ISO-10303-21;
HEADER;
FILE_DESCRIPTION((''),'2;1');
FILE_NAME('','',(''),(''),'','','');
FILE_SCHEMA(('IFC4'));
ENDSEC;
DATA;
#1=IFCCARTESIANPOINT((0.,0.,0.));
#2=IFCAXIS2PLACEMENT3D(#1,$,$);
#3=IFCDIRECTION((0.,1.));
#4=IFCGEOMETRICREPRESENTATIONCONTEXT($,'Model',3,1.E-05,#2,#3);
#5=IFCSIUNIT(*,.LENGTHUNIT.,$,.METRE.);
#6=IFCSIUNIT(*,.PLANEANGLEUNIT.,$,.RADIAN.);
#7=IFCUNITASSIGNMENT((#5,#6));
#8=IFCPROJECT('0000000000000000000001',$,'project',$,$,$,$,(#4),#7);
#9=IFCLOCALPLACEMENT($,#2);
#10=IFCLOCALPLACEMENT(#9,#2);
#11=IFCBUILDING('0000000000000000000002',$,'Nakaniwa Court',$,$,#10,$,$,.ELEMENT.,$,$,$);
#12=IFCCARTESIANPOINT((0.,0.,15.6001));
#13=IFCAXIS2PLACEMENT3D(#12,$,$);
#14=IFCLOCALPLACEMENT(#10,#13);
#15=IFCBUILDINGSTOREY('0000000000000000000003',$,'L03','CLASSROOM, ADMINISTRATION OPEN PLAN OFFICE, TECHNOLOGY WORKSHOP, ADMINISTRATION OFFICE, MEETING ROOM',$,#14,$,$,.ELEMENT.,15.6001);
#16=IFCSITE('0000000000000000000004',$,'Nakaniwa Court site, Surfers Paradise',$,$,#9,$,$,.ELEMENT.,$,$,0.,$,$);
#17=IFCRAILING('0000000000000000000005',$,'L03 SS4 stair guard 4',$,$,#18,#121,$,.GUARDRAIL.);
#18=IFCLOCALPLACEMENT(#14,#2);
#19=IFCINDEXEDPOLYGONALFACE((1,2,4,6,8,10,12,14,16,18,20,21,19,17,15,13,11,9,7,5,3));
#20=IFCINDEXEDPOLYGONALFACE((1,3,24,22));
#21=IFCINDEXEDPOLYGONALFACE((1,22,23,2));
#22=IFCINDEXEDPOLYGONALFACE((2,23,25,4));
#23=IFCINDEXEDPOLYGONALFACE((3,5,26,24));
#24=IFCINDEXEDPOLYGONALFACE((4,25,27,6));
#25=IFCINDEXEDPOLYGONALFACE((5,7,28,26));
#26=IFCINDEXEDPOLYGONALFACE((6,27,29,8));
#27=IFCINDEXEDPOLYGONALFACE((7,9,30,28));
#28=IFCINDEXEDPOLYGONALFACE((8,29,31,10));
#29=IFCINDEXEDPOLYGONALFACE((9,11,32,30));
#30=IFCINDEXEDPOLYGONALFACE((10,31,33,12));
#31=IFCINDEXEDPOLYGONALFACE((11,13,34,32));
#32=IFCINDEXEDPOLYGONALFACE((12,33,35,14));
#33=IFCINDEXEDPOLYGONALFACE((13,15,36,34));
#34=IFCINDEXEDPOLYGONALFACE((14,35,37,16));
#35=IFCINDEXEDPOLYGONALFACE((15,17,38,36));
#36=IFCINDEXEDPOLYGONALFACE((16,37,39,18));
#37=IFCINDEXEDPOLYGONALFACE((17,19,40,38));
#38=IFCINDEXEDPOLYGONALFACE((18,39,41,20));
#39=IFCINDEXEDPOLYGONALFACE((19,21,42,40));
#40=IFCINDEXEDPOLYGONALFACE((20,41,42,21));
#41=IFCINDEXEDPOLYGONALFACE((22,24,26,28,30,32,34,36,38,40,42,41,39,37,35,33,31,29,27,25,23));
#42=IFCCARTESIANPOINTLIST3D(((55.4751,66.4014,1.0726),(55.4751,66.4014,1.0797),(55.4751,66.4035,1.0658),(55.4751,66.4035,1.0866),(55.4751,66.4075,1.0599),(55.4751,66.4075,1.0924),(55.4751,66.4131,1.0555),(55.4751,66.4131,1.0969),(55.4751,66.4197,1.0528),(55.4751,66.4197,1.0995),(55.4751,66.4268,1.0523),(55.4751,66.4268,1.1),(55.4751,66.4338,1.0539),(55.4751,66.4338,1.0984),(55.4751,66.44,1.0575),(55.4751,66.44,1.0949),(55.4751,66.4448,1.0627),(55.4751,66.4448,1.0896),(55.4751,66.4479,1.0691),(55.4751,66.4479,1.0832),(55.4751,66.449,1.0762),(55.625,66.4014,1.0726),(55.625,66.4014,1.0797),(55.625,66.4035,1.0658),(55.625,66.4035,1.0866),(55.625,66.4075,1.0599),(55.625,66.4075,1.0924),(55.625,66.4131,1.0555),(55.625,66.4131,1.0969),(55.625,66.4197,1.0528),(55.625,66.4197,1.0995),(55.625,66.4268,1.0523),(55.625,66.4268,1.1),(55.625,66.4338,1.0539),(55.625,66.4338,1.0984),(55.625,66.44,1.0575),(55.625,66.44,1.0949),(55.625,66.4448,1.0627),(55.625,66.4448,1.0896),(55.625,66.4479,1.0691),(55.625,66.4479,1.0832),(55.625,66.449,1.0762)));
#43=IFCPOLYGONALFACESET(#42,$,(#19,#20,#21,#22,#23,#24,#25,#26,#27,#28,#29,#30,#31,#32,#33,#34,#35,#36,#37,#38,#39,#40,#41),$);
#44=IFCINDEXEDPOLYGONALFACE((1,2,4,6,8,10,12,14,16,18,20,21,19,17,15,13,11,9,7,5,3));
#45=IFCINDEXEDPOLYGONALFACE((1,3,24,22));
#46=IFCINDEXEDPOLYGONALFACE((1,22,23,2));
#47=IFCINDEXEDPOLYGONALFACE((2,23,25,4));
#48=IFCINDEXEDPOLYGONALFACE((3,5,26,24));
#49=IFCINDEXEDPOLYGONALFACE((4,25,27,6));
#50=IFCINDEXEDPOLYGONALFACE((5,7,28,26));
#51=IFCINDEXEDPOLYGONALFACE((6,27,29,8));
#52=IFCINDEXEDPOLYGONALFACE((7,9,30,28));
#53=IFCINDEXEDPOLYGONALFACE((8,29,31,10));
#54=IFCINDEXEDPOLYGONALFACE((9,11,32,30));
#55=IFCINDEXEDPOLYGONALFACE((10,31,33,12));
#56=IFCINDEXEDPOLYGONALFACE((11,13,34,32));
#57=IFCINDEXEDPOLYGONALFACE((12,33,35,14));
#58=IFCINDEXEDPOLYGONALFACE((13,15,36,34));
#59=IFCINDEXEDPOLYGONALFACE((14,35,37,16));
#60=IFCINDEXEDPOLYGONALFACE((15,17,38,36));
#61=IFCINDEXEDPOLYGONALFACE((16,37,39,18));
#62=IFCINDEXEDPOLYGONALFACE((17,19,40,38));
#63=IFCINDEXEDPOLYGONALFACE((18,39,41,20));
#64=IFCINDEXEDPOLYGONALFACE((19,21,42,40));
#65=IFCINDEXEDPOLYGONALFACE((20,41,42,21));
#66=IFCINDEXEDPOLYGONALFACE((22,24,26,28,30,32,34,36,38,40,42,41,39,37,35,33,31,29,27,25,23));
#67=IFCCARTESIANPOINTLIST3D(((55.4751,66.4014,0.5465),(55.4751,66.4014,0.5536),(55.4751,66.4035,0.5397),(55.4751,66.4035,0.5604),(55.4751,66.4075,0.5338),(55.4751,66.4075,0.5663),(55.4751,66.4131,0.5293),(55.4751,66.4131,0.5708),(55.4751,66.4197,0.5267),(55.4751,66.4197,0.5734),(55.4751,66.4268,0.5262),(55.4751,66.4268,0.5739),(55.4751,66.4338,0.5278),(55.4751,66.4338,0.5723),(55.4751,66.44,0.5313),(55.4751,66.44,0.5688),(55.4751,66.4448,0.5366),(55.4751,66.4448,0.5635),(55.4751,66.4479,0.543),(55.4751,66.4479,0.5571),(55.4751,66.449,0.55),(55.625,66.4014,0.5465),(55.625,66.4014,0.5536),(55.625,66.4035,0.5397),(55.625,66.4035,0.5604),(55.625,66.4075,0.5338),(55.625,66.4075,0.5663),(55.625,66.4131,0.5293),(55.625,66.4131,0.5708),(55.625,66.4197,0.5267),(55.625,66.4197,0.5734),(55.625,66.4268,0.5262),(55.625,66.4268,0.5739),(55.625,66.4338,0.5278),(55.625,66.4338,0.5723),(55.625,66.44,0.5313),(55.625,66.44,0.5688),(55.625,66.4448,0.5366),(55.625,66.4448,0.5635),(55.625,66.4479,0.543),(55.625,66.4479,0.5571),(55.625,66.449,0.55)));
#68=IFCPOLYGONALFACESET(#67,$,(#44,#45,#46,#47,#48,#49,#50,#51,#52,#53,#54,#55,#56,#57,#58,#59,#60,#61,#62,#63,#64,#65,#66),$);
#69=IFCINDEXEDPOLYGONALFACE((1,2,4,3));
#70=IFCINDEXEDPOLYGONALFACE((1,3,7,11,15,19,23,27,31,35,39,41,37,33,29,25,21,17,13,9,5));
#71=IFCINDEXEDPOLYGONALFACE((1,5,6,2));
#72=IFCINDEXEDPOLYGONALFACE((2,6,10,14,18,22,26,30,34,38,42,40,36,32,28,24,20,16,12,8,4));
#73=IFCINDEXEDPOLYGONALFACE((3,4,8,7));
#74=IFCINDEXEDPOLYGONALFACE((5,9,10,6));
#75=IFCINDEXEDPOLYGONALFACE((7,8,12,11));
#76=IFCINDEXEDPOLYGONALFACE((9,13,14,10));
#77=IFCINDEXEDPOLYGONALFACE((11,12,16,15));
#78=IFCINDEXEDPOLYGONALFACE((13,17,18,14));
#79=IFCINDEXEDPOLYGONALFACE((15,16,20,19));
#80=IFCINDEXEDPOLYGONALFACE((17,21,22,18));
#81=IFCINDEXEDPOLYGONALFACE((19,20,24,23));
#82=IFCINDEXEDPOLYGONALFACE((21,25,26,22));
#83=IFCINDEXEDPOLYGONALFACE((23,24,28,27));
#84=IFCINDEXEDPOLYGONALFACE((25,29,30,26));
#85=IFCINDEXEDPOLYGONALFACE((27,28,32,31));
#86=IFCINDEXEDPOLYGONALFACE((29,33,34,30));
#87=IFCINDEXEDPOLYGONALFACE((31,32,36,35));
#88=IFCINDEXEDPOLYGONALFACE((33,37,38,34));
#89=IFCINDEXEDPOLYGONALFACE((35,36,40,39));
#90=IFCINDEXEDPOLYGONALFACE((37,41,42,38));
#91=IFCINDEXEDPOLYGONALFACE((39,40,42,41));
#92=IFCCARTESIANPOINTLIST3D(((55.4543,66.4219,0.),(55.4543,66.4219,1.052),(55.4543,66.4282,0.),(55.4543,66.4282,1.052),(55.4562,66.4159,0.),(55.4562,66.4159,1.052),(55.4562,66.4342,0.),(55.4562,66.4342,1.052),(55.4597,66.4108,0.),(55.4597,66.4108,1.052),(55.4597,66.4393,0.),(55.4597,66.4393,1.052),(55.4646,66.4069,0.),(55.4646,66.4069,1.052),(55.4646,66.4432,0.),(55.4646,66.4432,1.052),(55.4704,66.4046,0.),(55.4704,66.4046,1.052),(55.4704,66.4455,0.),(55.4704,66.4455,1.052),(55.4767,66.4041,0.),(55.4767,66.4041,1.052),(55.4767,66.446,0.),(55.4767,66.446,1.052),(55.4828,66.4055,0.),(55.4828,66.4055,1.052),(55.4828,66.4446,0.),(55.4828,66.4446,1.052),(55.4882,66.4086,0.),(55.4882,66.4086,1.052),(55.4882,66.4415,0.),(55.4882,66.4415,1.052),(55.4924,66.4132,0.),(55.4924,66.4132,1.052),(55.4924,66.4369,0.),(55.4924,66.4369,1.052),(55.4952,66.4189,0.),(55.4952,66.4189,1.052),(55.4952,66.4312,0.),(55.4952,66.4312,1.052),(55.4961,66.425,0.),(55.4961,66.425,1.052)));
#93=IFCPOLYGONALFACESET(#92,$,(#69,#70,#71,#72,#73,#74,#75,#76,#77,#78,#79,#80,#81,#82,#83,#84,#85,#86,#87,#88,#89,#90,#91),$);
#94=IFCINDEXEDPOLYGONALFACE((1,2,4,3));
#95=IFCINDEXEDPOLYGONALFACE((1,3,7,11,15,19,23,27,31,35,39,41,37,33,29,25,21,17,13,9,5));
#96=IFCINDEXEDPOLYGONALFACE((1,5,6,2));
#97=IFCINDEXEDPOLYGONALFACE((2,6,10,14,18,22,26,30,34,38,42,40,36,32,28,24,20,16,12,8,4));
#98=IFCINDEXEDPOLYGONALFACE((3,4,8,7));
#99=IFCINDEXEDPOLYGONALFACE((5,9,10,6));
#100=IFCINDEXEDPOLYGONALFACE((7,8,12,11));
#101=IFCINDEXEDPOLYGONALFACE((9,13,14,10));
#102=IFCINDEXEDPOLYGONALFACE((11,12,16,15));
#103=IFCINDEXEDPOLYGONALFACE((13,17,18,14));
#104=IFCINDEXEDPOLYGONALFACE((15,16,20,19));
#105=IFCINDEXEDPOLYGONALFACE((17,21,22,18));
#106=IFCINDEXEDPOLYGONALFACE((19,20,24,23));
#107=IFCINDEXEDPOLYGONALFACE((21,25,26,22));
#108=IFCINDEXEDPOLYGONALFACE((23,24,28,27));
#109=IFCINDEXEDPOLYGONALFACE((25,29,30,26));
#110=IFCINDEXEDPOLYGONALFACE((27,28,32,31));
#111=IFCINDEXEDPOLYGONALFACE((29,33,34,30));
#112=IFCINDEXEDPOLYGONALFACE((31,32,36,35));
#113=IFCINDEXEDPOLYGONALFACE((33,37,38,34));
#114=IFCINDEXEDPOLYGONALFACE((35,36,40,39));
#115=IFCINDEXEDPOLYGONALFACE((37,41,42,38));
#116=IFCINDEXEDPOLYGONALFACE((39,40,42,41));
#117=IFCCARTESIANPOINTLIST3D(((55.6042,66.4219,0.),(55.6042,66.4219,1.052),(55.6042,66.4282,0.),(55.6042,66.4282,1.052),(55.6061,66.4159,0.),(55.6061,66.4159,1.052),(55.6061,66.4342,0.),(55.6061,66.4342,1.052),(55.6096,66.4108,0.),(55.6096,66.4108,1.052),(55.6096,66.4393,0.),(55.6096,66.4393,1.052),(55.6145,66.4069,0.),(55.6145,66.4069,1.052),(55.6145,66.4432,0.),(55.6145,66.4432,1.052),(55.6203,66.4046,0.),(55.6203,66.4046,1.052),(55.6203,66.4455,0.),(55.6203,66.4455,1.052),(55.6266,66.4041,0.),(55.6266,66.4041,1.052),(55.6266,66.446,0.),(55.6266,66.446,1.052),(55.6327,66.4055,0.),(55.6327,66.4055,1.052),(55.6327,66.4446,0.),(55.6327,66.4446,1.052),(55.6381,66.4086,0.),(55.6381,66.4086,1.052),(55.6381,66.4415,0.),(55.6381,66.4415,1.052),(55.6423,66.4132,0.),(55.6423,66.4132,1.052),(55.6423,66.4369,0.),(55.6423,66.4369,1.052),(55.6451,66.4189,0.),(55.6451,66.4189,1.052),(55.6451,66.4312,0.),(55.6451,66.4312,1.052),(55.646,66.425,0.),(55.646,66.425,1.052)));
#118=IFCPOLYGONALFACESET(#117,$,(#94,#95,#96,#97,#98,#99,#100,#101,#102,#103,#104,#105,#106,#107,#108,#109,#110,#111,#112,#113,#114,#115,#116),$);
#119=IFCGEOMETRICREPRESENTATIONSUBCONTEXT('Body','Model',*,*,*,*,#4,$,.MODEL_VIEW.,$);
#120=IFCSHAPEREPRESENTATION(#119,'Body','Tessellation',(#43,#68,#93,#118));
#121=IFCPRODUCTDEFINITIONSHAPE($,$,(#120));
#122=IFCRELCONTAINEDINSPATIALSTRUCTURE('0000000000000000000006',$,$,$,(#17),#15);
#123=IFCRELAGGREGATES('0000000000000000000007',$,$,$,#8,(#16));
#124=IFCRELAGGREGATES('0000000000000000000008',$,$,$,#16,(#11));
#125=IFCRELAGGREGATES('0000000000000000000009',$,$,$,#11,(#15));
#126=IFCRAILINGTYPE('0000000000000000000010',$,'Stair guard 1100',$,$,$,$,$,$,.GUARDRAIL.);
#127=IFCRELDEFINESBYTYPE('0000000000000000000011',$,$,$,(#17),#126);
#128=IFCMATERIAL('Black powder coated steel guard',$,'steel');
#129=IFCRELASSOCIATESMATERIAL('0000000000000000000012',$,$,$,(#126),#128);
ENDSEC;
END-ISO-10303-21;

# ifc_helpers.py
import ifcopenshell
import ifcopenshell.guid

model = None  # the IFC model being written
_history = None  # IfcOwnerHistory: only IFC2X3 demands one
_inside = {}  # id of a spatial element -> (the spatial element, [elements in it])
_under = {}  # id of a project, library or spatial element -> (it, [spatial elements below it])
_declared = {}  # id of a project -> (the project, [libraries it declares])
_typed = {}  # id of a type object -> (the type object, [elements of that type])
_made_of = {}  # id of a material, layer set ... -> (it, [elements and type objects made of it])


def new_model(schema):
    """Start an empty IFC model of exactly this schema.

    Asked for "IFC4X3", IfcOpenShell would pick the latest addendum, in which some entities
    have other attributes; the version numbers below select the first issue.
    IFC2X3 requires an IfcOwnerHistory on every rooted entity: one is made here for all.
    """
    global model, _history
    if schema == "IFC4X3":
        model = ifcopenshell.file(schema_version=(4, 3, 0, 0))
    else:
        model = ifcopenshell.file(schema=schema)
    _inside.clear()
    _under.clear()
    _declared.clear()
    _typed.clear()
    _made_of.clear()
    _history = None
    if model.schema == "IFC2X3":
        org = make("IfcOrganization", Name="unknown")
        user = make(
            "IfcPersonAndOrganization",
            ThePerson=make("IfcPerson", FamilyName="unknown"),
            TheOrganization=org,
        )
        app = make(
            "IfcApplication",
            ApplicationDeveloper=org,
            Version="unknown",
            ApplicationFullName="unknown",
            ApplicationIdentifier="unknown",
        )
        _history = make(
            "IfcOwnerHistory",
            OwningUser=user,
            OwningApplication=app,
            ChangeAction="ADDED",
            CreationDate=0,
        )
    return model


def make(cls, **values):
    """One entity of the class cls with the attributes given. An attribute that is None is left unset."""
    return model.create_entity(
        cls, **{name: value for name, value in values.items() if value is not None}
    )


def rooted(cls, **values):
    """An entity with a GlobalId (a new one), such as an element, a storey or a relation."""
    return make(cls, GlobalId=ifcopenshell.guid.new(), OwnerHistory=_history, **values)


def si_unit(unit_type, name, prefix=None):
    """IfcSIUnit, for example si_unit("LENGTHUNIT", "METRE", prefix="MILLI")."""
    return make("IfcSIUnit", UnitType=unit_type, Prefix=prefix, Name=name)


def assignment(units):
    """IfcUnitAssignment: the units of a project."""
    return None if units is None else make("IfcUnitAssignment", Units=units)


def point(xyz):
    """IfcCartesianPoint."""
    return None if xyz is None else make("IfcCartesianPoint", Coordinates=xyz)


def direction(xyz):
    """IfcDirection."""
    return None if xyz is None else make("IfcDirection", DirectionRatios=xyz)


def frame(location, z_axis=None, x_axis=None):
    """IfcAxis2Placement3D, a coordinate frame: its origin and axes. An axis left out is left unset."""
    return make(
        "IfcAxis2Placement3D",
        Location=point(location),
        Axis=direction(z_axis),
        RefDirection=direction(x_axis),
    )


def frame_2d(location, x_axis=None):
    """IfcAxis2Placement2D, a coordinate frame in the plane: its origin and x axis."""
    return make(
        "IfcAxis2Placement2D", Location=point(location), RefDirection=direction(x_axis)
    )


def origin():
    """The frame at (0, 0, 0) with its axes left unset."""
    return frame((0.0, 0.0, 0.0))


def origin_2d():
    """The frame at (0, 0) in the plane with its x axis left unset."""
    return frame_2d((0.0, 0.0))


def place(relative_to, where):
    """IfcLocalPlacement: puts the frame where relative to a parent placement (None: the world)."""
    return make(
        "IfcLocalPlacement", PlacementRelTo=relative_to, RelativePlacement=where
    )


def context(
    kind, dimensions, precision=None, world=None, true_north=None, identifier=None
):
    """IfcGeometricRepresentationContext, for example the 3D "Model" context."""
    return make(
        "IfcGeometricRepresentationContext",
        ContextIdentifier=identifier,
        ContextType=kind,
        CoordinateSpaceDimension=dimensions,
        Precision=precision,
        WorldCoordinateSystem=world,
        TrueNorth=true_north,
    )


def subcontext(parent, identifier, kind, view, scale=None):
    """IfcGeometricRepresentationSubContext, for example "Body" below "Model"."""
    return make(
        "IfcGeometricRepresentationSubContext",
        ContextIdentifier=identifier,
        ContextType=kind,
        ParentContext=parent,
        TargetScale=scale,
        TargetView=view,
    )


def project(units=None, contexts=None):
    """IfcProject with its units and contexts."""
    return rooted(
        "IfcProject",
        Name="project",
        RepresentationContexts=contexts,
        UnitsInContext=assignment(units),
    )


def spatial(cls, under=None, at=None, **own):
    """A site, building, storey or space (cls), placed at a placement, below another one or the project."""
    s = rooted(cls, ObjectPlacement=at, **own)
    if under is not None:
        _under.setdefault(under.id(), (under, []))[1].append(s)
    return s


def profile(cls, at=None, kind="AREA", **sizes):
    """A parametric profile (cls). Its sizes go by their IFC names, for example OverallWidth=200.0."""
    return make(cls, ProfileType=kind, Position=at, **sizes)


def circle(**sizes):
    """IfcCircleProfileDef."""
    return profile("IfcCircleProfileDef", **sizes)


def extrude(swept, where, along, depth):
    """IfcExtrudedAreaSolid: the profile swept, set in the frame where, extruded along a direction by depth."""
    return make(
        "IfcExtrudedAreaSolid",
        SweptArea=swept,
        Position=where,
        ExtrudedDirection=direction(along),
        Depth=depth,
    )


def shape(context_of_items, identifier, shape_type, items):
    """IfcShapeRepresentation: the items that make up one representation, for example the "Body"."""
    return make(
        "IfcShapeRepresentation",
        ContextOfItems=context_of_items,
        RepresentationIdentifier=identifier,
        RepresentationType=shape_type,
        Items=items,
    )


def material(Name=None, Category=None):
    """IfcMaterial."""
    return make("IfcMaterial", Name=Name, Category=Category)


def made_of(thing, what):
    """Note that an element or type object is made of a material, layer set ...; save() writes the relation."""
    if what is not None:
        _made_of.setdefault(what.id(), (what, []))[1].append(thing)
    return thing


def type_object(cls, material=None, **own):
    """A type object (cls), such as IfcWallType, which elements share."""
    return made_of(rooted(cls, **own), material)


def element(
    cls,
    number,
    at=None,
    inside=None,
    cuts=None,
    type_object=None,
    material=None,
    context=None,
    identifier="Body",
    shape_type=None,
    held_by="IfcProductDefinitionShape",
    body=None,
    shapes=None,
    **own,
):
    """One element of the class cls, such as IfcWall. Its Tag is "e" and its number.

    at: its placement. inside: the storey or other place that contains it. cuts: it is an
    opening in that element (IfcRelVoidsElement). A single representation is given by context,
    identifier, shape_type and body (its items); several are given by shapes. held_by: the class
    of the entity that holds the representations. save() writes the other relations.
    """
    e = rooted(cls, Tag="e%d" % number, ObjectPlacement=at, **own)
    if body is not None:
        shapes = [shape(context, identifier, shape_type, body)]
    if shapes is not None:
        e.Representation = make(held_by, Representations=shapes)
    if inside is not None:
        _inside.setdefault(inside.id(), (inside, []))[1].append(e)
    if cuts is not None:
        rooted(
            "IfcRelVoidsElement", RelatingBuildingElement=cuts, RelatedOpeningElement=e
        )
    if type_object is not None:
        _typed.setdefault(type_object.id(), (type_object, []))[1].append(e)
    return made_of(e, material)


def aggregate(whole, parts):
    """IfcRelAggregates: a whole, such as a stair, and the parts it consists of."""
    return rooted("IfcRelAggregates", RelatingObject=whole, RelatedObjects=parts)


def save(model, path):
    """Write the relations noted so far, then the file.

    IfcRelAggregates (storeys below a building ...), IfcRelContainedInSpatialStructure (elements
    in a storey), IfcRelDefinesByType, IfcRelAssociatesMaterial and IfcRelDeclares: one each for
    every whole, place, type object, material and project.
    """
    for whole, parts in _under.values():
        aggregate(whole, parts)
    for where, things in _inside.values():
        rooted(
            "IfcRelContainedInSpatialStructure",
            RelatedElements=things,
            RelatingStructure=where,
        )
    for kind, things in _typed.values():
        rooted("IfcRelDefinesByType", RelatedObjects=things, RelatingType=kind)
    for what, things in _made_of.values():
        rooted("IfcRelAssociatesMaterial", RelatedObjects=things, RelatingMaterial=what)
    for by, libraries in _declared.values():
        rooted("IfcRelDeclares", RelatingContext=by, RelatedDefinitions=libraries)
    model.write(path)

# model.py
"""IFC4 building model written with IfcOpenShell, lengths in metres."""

from ifc_helpers import new_model, si_unit, direction, frame, origin, origin_2d, place, context, subcontext, project, spatial, circle, extrude, material, type_object, element, save


model = new_model("IFC4")

# Units and contexts
model_context = context("Model", 3, precision=1e-05, world=origin(), true_north=direction((0.0, 1.0)))
body_context = subcontext(model_context, "Body", "Model", "MODEL_VIEW")
ifc_project = project(units=[si_unit("LENGTHUNIT", "METRE"), si_unit("PLANEANGLEUNIT", "RADIAN")], contexts=[model_context])

# Site, building, storey
site_placement = place(None, origin())
site = spatial("IfcSite", under=ifc_project, at=site_placement, Name="Nakaniwa Court site, Surfers Paradise", CompositionType="ELEMENT", RefElevation=0.0)
building_placement = place(site_placement, origin())
building = spatial("IfcBuilding", under=site, at=building_placement, Name="Nakaniwa Court", CompositionType="ELEMENT")
storey_placement = place(building_placement, frame((0.0, 0.0, 15.6001)))
storey = spatial("IfcBuildingStorey", under=building, at=storey_placement, Name="L03", Description="CLASSROOM, ADMINISTRATION OPEN PLAN OFFICE, TECHNOLOGY WORKSHOP, ADMINISTRATION OFFICE, MEETING ROOM", CompositionType="ELEMENT", Elevation=15.6001)

# Railing
ifc_material_1 = material(Name="Black powder coated steel guard", Category="steel")
railing_type_1 = type_object("IfcRailingType", Name="Stair guard 1100", PredefinedType="GUARDRAIL", material=ifc_material_1)
railing_1_placement = place(storey_placement, frame((55.4751, 66.425, 0.0)))
element("IfcRailing", 1, at=railing_1_placement, inside=storey, type_object=railing_type_1, Name="L03 SS4 stair guard 4", PredefinedType="GUARDRAIL", context=body_context, shape_type="SweptSolid", body=[
    extrude(circle(Radius=0.0239, at=origin_2d()), frame((0.0, 0.0, 1.0762), z_axis=(1.0, 0.0, 0.0), x_axis=(0.0, 1.0, 0.0)), (0.0, 0.0, 1.0), 0.1499),
    extrude(circle(Radius=0.0239, at=origin_2d()), frame((0.0, 0.0, 0.55), z_axis=(1.0, 0.0, 0.0), x_axis=(0.0, 1.0, 0.0)), (0.0, 0.0, 1.0), 0.1499),
    extrude(circle(Radius=0.021, at=origin_2d()), origin(), (0.0, 0.0, 1.0), 1.052),
    extrude(circle(Radius=0.021, at=origin_2d()), frame((0.1499, 0.0, 0.0)), (0.0, 0.0, 1.0), 1.052),
])

save(model, "model.ifc")
